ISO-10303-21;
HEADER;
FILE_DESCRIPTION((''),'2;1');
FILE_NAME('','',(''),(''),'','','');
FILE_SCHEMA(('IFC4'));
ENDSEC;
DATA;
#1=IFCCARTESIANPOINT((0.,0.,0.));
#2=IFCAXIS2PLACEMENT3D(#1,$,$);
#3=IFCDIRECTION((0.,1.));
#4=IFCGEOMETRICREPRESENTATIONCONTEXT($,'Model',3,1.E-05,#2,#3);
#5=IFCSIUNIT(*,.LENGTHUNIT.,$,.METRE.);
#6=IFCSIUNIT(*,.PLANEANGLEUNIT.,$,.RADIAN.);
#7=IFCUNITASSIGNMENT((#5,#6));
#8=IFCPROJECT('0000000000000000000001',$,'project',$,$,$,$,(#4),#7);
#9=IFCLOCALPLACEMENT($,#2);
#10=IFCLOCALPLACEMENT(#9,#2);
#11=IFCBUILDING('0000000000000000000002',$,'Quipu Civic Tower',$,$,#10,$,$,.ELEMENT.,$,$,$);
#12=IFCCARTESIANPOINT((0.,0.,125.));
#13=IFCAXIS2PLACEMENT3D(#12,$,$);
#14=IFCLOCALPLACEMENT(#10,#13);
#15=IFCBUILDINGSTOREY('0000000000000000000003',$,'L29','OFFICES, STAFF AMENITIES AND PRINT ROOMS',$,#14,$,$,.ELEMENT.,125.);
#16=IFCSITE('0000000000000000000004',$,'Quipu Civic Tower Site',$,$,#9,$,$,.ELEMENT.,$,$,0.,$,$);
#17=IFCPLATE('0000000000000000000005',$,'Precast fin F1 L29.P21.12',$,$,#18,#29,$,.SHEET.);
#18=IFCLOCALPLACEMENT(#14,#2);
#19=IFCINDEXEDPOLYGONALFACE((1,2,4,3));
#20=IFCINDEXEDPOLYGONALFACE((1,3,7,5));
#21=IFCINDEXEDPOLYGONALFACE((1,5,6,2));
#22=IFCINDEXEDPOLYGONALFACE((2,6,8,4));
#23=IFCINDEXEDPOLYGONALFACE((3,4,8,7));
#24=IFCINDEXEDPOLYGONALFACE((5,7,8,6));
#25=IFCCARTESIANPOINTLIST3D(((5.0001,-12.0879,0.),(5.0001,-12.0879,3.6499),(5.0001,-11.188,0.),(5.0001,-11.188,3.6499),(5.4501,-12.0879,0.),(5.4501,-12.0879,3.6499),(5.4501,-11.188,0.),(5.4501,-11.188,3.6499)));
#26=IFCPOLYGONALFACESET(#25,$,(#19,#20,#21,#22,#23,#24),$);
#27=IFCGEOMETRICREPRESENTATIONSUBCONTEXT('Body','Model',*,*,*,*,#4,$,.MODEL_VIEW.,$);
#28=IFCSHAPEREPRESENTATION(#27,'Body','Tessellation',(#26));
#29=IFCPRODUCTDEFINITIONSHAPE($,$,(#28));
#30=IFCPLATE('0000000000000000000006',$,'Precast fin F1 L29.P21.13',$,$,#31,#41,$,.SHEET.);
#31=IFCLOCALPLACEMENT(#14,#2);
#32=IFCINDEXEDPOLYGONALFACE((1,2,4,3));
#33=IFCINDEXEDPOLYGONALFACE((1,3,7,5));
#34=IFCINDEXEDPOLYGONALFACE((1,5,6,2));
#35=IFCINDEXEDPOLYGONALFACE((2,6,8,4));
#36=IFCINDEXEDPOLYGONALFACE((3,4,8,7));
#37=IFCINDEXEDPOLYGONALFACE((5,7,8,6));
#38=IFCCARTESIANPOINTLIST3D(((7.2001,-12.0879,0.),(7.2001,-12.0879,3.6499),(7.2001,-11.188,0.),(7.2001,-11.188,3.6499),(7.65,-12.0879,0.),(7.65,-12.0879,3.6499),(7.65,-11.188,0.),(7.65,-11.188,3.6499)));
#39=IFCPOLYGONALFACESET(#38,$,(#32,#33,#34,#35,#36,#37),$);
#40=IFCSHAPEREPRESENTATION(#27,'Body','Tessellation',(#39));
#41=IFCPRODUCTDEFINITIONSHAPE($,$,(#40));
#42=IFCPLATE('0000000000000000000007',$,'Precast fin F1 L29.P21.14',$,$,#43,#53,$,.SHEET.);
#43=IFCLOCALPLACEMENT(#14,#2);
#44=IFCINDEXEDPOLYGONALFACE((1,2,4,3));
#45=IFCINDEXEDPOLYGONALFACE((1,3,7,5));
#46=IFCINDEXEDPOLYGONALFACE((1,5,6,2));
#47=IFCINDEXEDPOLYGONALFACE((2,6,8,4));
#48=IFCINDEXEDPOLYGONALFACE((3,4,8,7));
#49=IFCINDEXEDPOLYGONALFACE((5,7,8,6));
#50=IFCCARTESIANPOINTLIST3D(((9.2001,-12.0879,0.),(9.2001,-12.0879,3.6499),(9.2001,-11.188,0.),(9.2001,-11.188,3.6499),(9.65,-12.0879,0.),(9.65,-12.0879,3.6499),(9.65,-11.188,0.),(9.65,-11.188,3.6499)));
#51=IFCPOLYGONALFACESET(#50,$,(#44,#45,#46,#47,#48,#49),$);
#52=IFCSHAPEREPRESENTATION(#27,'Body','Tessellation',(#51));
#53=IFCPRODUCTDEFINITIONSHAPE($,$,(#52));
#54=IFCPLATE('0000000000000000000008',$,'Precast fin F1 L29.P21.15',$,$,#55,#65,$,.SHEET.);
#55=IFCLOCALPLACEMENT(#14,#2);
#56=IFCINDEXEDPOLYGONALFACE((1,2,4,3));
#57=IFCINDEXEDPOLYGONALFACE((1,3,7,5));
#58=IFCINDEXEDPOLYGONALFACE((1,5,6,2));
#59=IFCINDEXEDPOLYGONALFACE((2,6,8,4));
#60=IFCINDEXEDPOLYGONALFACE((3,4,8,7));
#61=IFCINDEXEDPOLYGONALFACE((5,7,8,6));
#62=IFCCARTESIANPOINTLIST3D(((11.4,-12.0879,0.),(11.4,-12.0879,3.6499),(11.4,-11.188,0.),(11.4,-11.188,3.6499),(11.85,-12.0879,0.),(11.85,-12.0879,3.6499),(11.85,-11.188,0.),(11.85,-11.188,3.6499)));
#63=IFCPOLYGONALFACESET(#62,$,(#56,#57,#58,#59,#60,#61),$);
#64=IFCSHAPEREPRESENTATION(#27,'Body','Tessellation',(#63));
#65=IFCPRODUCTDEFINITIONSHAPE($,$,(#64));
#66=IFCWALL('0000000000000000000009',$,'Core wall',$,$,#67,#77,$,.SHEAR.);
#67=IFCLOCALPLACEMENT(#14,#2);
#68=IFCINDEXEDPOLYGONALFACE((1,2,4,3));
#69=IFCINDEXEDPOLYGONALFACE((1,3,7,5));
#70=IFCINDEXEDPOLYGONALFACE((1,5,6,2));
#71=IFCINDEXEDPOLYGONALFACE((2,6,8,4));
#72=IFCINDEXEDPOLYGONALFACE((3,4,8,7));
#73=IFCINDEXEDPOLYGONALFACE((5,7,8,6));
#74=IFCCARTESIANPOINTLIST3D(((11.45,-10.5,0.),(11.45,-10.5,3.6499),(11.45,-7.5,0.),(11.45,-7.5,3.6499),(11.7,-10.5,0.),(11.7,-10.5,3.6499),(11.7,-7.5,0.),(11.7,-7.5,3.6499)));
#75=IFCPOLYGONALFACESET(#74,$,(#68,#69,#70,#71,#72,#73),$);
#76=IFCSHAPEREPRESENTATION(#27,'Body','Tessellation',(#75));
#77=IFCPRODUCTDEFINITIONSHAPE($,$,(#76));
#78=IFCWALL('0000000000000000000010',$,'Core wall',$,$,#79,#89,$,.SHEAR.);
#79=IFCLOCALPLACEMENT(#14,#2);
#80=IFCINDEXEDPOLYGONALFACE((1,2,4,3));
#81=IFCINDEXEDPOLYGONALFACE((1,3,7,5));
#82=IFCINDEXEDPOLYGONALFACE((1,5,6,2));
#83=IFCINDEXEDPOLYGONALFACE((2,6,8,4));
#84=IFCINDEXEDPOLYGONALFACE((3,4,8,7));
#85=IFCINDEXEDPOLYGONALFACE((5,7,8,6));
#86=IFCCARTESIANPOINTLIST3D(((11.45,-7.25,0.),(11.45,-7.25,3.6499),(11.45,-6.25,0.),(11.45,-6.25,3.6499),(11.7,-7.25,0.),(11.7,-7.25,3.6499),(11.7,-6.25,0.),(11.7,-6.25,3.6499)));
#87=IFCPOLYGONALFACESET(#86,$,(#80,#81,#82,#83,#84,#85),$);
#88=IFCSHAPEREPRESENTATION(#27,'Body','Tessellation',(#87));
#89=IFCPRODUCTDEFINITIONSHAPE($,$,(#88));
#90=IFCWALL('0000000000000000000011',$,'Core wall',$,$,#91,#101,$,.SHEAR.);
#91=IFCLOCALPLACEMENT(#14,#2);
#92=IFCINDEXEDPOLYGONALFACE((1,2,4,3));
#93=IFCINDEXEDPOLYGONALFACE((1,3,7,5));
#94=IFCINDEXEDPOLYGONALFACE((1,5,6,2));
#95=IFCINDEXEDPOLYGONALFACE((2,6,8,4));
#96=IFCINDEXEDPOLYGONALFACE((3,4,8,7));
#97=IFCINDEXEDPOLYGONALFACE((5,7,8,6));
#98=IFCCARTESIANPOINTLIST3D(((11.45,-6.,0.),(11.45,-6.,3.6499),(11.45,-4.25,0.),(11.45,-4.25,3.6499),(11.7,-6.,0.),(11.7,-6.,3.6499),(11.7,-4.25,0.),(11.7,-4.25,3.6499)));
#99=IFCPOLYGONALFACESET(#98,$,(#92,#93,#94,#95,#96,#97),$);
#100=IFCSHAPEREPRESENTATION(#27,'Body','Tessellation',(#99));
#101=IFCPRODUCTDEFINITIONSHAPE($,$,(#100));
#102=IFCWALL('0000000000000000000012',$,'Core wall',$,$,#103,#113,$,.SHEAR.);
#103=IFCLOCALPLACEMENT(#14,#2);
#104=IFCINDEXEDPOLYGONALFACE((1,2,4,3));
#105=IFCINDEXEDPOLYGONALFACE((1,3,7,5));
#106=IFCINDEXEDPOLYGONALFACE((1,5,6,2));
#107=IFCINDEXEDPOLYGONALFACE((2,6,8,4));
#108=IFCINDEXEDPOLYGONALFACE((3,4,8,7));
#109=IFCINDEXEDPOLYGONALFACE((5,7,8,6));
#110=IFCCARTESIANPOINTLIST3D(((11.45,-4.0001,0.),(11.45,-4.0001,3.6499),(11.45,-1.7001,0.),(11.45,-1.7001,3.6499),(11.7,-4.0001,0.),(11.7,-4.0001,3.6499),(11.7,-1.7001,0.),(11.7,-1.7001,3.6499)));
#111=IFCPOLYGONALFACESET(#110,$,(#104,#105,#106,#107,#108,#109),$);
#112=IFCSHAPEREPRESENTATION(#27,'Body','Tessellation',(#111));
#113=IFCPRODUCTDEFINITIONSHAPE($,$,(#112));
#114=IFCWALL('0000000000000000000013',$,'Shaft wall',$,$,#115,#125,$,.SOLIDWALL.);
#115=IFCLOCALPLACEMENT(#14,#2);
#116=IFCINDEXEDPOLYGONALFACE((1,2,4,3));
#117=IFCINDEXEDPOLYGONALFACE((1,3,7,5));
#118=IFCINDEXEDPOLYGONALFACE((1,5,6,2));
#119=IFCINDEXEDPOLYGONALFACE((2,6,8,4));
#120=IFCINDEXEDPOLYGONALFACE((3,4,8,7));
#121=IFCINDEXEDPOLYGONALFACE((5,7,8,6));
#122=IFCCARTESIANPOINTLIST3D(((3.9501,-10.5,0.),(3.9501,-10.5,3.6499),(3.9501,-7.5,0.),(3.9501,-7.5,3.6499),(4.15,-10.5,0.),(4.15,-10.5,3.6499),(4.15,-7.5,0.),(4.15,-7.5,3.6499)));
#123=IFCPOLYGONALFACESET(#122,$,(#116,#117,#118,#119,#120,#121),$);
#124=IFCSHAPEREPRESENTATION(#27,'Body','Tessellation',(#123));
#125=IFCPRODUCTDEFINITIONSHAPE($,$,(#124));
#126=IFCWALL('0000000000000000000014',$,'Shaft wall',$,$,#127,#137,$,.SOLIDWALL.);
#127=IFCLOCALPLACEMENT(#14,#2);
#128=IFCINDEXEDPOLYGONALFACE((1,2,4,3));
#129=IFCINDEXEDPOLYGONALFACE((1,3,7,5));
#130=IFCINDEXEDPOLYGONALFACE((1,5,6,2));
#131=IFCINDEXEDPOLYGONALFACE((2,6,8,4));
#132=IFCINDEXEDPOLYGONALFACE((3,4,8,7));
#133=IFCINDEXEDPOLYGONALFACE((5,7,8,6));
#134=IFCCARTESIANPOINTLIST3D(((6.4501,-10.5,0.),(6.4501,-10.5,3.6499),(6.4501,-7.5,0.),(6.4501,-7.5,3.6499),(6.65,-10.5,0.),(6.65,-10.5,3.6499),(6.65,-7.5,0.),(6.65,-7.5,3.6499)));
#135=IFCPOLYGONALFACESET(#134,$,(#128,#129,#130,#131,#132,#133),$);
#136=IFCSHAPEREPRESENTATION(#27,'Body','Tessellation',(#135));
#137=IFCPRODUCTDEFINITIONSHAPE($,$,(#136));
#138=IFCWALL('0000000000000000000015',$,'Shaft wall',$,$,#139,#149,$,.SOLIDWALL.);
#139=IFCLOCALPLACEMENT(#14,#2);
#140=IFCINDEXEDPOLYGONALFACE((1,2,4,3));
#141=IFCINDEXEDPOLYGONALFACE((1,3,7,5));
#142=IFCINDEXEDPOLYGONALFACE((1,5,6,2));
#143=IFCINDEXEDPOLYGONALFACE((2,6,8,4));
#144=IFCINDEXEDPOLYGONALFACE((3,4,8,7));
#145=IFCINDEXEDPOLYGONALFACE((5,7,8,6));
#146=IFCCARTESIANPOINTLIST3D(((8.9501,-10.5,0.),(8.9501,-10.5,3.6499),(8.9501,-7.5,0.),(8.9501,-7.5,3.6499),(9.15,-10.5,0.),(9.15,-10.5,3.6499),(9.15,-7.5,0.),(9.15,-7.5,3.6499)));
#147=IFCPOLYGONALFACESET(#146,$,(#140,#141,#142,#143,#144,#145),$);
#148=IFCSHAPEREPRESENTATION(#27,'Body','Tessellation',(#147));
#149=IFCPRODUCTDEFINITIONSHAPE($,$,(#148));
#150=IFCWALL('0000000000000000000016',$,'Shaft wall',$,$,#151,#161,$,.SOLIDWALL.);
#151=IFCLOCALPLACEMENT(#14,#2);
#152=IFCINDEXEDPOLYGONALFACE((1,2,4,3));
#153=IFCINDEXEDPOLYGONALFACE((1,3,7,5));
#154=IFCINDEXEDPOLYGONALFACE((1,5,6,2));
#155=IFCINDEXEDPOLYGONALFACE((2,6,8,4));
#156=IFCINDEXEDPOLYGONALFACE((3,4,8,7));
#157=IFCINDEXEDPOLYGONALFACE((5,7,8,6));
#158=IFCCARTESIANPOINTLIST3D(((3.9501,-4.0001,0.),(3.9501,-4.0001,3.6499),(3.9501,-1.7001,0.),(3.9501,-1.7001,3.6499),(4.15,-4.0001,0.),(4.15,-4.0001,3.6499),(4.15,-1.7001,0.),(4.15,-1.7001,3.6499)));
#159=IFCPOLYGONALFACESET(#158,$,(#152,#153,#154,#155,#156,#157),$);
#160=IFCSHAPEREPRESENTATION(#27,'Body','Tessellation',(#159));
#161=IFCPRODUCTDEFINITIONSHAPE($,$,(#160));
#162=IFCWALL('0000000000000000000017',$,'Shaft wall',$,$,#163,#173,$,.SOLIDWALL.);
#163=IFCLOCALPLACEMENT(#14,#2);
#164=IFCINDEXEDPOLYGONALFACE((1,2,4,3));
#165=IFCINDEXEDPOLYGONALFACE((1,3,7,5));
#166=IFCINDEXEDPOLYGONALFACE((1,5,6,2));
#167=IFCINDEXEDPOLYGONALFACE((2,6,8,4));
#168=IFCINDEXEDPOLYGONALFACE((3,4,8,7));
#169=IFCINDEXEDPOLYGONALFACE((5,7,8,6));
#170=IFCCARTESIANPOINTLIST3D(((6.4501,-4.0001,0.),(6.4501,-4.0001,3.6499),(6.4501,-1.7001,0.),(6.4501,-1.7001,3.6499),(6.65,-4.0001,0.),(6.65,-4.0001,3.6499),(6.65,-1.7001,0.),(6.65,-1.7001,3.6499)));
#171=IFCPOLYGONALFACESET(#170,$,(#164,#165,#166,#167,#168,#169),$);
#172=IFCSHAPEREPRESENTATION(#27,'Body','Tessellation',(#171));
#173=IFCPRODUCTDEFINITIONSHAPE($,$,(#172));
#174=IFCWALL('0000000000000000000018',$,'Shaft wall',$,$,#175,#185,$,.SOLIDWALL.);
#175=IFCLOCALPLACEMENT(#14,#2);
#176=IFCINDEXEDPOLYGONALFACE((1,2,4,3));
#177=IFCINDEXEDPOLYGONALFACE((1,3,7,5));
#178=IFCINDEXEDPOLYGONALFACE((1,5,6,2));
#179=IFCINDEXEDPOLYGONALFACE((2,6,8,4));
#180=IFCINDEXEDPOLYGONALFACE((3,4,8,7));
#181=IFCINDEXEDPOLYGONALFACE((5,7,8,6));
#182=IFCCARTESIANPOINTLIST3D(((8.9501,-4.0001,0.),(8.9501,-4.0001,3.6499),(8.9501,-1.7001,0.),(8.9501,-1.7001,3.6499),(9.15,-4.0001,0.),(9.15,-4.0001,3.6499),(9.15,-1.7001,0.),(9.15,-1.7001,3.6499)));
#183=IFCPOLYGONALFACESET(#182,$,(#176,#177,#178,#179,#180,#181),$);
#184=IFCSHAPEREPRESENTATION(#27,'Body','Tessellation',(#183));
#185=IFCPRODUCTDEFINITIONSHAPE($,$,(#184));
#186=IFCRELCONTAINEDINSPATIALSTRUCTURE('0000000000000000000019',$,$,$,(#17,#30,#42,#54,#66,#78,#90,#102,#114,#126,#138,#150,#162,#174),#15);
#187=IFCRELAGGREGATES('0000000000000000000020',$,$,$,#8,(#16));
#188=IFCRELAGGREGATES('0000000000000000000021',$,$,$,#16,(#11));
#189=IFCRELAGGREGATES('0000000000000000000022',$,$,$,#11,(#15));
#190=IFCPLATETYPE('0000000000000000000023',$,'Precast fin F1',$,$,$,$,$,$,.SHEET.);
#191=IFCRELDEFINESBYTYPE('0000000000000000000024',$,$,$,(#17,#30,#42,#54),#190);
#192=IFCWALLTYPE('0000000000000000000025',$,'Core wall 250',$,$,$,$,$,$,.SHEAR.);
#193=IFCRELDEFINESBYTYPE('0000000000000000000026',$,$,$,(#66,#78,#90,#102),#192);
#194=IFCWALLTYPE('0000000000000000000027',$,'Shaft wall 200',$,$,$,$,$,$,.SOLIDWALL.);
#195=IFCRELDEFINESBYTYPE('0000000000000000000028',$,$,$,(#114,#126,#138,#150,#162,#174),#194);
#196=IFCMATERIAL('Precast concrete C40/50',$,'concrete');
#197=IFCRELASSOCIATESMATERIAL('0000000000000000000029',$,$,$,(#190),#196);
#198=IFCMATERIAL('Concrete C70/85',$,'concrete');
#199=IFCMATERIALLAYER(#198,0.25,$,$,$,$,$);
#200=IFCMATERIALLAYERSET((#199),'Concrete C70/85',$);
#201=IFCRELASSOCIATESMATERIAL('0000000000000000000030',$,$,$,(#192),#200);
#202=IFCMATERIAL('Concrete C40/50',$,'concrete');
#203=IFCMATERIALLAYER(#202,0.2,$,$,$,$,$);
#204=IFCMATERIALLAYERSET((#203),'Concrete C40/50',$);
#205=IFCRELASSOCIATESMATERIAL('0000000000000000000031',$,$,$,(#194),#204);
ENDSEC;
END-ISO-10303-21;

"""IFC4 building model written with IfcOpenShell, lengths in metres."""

from ifc_helpers import new_model, si_unit, direction, frame, frame_2d, origin, origin_2d, place, context, subcontext, project, spatial, rectangle, extrude, material, layer, layer_set, type_object, element, save


model = new_model("IFC4")

# Units and contexts
model_context = context("Model", 3, precision=1e-05, world=origin(), true_north=direction((0.0, 1.0)))
body_context = subcontext(model_context, "Body", "Model", "MODEL_VIEW")
ifc_project = project(units=[si_unit("LENGTHUNIT", "METRE"), si_unit("PLANEANGLEUNIT", "RADIAN")], contexts=[model_context])

# Site, building, storey
site_placement = place(None, origin())
site = spatial("IfcSite", under=ifc_project, at=site_placement, Name="Quipu Civic Tower Site", CompositionType="ELEMENT", RefElevation=0.0)
building_placement = place(site_placement, origin())
building = spatial("IfcBuilding", under=site, at=building_placement, Name="Quipu Civic Tower", CompositionType="ELEMENT")
storey_placement = place(building_placement, frame((0.0, 0.0, 125.0)))
storey = spatial("IfcBuildingStorey", under=building, at=storey_placement, Name="L29", Description="OFFICES, STAFF AMENITIES AND PRINT ROOMS", CompositionType="ELEMENT", Elevation=125.0)

# Plates
ifc_material_1 = material(Name="Precast concrete C40/50", Category="concrete")
plate_type = type_object("IfcPlateType", Name="Precast fin F1", PredefinedType="SHEET", material=ifc_material_1)
for number, where, z_axis, x_axis, name in (
    (1, (5.2251, -11.6379, 0.0), (0.0, 0.0, 1.0), (1.0, 0.0, 0.0), "Precast fin F1 L29.P21.12"),
    (2, (7.425, -11.6379, 0.0), (0.0, 0.0, 1.0), (1.0, 0.0, 0.0), "Precast fin F1 L29.P21.13"),
    (3, (9.425, -11.6379, 0.0), (0.0, 0.0, 1.0), (1.0, 0.0, 0.0), "Precast fin F1 L29.P21.14"),
    (4, (11.625, -11.6379, 0.0), (0.0, 0.0, 1.0), (1.0, 0.0, 0.0), "Precast fin F1 L29.P21.15"),
):
    element("IfcPlate", number, at=place(storey_placement, frame(where, z_axis=z_axis, x_axis=x_axis)), inside=storey, type_object=plate_type, Name=name, PredefinedType="SHEET", context=body_context, shape_type="SweptSolid", body=[
        extrude(rectangle(XDim=0.45, YDim=0.8999, at=origin_2d()), origin(), (0.0, 0.0, 1.0), 3.6499),
    ])

# Walls
ifc_material_2 = material(Name="Concrete C70/85", Category="concrete")
ifc_layer_1 = layer(ifc_material_2, 0.25)
ifc_layer_set_1 = layer_set([ifc_layer_1], Name="Concrete C70/85")
wall_type_1 = type_object("IfcWallType", Name="Core wall 250", PredefinedType="SHEAR", material=ifc_layer_set_1)
wall_1_placement = place(storey_placement, frame((11.575, -10.5, 0.0), z_axis=(0.0, 0.0, 1.0), x_axis=(0.0, 1.0, 0.0)))
element("IfcWall", 5, at=wall_1_placement, inside=storey, type_object=wall_type_1, Name="Core wall", PredefinedType="SHEAR", context=body_context, shape_type="SweptSolid", body=[
    extrude(rectangle(XDim=3.0, YDim=0.25, at=frame_2d((1.5, 0.0))), origin(), (0.0, 0.0, 1.0), 3.6499),
])
wall_2_placement = place(storey_placement, frame((11.575, -7.25, 0.0), z_axis=(0.0, 0.0, 1.0), x_axis=(0.0, 1.0, 0.0)))
element("IfcWall", 6, at=wall_2_placement, inside=storey, type_object=wall_type_1, Name="Core wall", PredefinedType="SHEAR", context=body_context, shape_type="SweptSolid", body=[
    extrude(rectangle(XDim=1.0, YDim=0.25, at=frame_2d((0.5, 0.0))), origin(), (0.0, 0.0, 1.0), 3.6499),
])
wall_3_placement = place(storey_placement, frame((11.575, -6.0, 0.0), z_axis=(0.0, 0.0, 1.0), x_axis=(0.0, 1.0, 0.0)))
element("IfcWall", 7, at=wall_3_placement, inside=storey, type_object=wall_type_1, Name="Core wall", PredefinedType="SHEAR", context=body_context, shape_type="SweptSolid", body=[
    extrude(rectangle(XDim=1.75, YDim=0.25, at=frame_2d((0.875, 0.0))), origin(), (0.0, 0.0, 1.0), 3.6499),
])
wall_4_placement = place(storey_placement, frame((11.575, -4.0, 0.0), z_axis=(0.0, 0.0, 1.0), x_axis=(0.0, 1.0, 0.0)))
element("IfcWall", 8, at=wall_4_placement, inside=storey, type_object=wall_type_1, Name="Core wall", PredefinedType="SHEAR", context=body_context, shape_type="SweptSolid", body=[
    extrude(rectangle(XDim=2.3, YDim=0.25, at=frame_2d((1.1499, 0.0))), origin(), (0.0, 0.0, 1.0), 3.6499),
])
ifc_material_3 = material(Name="Concrete C40/50", Category="concrete")
ifc_layer_2 = layer(ifc_material_3, 0.2)
ifc_layer_set_2 = layer_set([ifc_layer_2], Name="Concrete C40/50")
wall_type_2 = type_object("IfcWallType", Name="Shaft wall 200", PredefinedType="SOLIDWALL", material=ifc_layer_set_2)
for number, where, z_axis, x_axis, name in (
    (9, (4.05, -10.5, 0.0), (0.0, 0.0, 1.0), (0.0, 1.0, 0.0), "Shaft wall"),
    (10, (6.55, -10.5, 0.0), (0.0, 0.0, 1.0), (0.0, 1.0, 0.0), "Shaft wall"),
    (11, (9.05, -10.5, 0.0), (0.0, 0.0, 1.0), (0.0, 1.0, 0.0), "Shaft wall"),
):
    element("IfcWall", number, at=place(storey_placement, frame(where, z_axis=z_axis, x_axis=x_axis)), inside=storey, type_object=wall_type_2, Name=name, PredefinedType="SOLIDWALL", context=body_context, shape_type="SweptSolid", body=[
        extrude(rectangle(XDim=3.0, YDim=0.2, at=frame_2d((1.5, 0.0))), origin(), (0.0, 0.0, 1.0), 3.6499),
    ])
for number, where, z_axis, x_axis, name in (
    (12, (4.05, -4.0, 0.0), (0.0, 0.0, 1.0), (0.0, 1.0, 0.0), "Shaft wall"),
    (13, (6.55, -4.0, 0.0), (0.0, 0.0, 1.0), (0.0, 1.0, 0.0), "Shaft wall"),
    (14, (9.05, -4.0, 0.0), (0.0, 0.0, 1.0), (0.0, 1.0, 0.0), "Shaft wall"),
):
    element("IfcWall", number, at=place(storey_placement, frame(where, z_axis=z_axis, x_axis=x_axis)), inside=storey, type_object=wall_type_2, Name=name, PredefinedType="SOLIDWALL", context=body_context, shape_type="SweptSolid", body=[
        extrude(rectangle(XDim=2.3, YDim=0.2, at=frame_2d((1.1499, 0.0))), origin(), (0.0, 0.0, 1.0), 3.6499),
    ])

save(model, "model.ifc")
